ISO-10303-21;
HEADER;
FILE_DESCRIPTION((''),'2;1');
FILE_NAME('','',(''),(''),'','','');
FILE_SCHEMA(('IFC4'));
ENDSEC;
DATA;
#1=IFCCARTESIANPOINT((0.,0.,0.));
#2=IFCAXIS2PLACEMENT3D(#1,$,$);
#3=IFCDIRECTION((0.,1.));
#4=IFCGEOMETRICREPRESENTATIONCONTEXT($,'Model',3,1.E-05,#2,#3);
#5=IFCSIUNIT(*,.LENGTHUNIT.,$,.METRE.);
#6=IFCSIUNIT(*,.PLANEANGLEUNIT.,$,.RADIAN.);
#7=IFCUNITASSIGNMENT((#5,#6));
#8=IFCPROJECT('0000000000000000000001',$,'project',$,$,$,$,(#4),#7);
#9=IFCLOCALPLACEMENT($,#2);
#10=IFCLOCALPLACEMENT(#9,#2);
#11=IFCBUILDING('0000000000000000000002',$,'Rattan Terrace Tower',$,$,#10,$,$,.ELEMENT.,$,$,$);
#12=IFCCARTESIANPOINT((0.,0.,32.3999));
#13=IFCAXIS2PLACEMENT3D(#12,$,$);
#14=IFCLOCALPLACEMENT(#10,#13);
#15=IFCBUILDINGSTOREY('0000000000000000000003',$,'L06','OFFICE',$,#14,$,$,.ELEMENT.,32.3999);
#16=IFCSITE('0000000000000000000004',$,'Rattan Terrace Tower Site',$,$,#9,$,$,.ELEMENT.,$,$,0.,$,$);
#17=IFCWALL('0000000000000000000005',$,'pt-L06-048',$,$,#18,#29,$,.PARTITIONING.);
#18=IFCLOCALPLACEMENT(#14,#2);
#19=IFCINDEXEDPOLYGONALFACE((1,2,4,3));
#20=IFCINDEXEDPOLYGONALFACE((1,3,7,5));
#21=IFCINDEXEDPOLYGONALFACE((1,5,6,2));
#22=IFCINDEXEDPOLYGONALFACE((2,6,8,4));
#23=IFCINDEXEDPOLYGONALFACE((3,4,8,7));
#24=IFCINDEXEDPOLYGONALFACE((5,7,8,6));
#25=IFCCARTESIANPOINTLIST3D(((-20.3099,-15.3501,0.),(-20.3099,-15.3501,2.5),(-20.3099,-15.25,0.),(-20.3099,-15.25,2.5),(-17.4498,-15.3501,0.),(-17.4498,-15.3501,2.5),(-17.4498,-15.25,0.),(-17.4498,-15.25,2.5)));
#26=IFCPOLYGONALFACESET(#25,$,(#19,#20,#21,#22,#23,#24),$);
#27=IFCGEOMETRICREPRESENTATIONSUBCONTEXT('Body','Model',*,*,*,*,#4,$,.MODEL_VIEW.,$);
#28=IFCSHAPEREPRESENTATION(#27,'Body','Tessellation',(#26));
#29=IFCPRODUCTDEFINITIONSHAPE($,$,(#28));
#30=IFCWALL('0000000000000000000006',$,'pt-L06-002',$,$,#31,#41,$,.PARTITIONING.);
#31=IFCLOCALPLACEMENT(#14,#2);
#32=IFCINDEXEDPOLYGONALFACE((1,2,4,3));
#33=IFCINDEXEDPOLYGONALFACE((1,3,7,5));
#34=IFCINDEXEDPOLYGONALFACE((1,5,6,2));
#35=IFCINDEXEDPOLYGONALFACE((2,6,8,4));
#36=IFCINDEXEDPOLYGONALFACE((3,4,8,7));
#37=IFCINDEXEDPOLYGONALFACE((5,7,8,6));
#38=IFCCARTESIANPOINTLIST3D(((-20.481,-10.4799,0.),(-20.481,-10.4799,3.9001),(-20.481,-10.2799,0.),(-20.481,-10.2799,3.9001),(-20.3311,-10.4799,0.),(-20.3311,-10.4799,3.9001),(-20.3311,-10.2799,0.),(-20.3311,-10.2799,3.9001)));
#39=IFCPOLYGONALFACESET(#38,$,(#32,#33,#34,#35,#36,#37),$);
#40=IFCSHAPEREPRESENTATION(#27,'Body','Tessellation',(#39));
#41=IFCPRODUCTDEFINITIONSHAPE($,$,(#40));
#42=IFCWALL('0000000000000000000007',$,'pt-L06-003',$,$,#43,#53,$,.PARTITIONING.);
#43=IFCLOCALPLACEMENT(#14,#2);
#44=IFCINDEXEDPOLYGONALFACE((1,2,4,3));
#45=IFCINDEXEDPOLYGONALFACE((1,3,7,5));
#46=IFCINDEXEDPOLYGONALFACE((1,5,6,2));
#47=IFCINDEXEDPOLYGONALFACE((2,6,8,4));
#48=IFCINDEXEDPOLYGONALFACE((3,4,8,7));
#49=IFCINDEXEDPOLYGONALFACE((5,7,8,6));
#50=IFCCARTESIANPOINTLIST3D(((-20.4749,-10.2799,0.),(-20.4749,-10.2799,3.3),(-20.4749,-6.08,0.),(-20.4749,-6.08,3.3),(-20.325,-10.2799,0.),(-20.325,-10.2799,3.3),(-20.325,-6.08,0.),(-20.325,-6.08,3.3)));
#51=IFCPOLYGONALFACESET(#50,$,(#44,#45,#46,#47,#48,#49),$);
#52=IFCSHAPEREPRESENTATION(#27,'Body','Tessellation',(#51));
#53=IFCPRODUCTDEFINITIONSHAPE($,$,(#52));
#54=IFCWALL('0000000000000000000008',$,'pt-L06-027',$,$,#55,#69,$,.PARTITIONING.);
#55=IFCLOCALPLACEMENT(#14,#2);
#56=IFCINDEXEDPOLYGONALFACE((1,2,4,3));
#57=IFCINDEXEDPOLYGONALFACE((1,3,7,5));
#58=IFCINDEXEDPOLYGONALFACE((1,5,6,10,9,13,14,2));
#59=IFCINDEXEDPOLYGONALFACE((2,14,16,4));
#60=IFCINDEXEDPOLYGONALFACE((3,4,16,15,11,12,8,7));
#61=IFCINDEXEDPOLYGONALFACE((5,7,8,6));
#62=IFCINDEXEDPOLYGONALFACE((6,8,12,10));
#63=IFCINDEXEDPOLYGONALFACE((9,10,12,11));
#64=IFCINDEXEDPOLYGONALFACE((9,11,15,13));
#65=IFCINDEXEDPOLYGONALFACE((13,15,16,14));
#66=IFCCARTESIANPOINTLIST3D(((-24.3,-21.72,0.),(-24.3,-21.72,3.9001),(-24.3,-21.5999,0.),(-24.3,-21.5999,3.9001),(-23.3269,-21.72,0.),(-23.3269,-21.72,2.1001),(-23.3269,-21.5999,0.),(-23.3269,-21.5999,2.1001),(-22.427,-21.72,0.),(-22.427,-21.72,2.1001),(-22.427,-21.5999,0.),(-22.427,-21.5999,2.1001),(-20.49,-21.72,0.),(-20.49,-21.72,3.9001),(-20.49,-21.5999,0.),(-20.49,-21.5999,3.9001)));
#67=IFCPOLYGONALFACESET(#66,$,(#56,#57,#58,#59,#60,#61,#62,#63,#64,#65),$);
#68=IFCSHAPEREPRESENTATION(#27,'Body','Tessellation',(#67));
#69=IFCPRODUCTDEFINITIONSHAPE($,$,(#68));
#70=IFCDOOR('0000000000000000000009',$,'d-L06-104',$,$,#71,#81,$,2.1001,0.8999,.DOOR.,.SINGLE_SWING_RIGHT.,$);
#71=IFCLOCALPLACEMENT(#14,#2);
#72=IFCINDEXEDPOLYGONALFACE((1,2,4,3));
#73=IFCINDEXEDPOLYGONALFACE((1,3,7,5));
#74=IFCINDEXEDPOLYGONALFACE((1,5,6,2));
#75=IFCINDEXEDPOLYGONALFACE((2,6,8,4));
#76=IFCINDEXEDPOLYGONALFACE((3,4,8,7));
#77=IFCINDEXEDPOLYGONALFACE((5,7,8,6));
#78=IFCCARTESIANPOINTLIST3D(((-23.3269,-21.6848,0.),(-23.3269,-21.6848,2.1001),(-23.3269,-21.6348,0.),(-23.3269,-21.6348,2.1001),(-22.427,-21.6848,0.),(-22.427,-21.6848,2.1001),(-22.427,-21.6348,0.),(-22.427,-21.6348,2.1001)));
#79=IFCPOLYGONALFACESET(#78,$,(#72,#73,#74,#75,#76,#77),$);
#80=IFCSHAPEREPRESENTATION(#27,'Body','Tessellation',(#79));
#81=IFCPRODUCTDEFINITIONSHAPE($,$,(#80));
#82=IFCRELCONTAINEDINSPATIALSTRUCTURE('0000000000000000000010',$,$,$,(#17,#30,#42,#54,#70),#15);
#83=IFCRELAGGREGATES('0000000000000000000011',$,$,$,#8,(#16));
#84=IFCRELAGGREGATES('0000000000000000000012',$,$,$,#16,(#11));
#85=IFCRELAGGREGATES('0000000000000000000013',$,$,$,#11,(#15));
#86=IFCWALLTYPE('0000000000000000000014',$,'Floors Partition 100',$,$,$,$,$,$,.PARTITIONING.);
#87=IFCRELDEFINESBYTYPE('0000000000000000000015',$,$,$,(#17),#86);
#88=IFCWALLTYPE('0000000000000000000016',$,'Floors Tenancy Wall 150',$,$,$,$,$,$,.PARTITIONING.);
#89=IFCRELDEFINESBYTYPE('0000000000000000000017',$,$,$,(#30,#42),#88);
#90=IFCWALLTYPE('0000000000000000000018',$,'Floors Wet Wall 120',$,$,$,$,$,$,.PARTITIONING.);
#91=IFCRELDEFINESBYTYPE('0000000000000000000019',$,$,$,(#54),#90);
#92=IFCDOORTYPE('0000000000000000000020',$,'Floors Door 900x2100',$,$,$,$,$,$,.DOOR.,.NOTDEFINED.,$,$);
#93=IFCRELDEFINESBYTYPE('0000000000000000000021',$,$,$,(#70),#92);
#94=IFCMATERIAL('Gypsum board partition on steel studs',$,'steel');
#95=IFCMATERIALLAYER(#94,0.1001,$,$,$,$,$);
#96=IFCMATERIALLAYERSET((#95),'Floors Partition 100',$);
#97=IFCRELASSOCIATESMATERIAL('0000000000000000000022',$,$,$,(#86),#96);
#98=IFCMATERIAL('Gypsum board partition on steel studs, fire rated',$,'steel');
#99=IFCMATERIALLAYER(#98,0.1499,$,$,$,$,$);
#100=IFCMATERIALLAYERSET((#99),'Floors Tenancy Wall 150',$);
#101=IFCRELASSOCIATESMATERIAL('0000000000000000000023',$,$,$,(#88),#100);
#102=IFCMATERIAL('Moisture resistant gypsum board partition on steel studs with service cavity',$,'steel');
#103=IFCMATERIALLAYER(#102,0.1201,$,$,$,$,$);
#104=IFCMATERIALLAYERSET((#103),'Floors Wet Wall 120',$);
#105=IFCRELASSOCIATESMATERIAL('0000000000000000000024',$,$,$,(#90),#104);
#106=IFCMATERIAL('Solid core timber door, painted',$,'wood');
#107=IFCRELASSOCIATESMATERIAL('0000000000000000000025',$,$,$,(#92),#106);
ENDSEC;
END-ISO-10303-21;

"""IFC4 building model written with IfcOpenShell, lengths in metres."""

from ifc_helpers import new_model, si_unit, direction, frame, frame_2d, origin, place, context, subcontext, project, spatial, rectangle, extrude, material, layer, layer_set, type_object, element, fill, save


model = new_model("IFC4")

# Units and contexts
model_context = context("Model", 3, precision=1e-05, world=origin(), true_north=direction((0.0, 1.0)))
body_context = subcontext(model_context, "Body", "Model", "MODEL_VIEW")
ifc_project = project(units=[si_unit("LENGTHUNIT", "METRE"), si_unit("PLANEANGLEUNIT", "RADIAN")], contexts=[model_context])

# Site, building, storey
site_placement = place(None, origin())
site = spatial("IfcSite", under=ifc_project, at=site_placement, Name="Rattan Terrace Tower Site", CompositionType="ELEMENT", RefElevation=0.0)
building_placement = place(site_placement, origin())
building = spatial("IfcBuilding", under=site, at=building_placement, Name="Rattan Terrace Tower", CompositionType="ELEMENT")
storey_placement = place(building_placement, frame((0.0, 0.0, 32.3999)))
storey = spatial("IfcBuildingStorey", under=building, at=storey_placement, Name="L06", Description="OFFICE", CompositionType="ELEMENT", Elevation=32.3999)

# Walls
ifc_material_1 = material(Name="Gypsum board partition on steel studs", Category="steel")
ifc_layer_1 = layer(ifc_material_1, 0.1001)
ifc_layer_set_1 = layer_set([ifc_layer_1], Name="Floors Partition 100")
wall_type_1 = type_object("IfcWallType", Name="Floors Partition 100", PredefinedType="PARTITIONING", material=ifc_layer_set_1)
wall_1_placement = place(storey_placement, frame((-20.3101, -15.3, 0.0), z_axis=(0.0, 0.0, 1.0), x_axis=(1.0, 0.0, 0.0)))
element("IfcWall", 1, at=wall_1_placement, inside=storey, type_object=wall_type_1, Name="pt-L06-048", PredefinedType="PARTITIONING", context=body_context, shape_type="SweptSolid", body=[
    extrude(rectangle(XDim=2.8601, YDim=0.1001, at=frame_2d((1.4302, 0.0))), origin(), (0.0, 0.0, 1.0), 2.5),
])
ifc_material_2 = material(Name="Gypsum board partition on steel studs, fire rated", Category="steel")
ifc_layer_2 = layer(ifc_material_2, 0.1499)
ifc_layer_set_2 = layer_set([ifc_layer_2], Name="Floors Tenancy Wall 150")
wall_type_2 = type_object("IfcWallType", Name="Floors Tenancy Wall 150", PredefinedType="PARTITIONING", material=ifc_layer_set_2)
wall_2_placement = place(storey_placement, frame((-20.406, -10.48, 0.0), z_axis=(0.0, 0.0, 1.0), x_axis=(0.0, 1.0, 0.0)))
element("IfcWall", 2, at=wall_2_placement, inside=storey, type_object=wall_type_2, Name="pt-L06-002", PredefinedType="PARTITIONING", context=body_context, shape_type="SweptSolid", body=[
    extrude(rectangle(XDim=0.2, YDim=0.1499, at=frame_2d((0.1001, 0.0))), origin(), (0.0, 0.0, 1.0), 3.9001),
])
wall_3_placement = place(storey_placement, frame((-20.3999, -10.28, 0.0), z_axis=(0.0, 0.0, 1.0), x_axis=(0.0, 1.0, 0.0)))
element("IfcWall", 3, at=wall_3_placement, inside=storey, type_object=wall_type_2, Name="pt-L06-003", PredefinedType="PARTITIONING", context=body_context, shape_type="SweptSolid", body=[
    extrude(rectangle(XDim=4.2, YDim=0.1499, at=frame_2d((2.1001, 0.0))), origin(), (0.0, 0.0, 1.0), 3.3),
])

# Wall, opening, door
ifc_material_3 = material(Name="Moisture resistant gypsum board partition on steel studs with service cavity", Category="steel")
ifc_layer_3 = layer(ifc_material_3, 0.1201)
ifc_layer_set_3 = layer_set([ifc_layer_3], Name="Floors Wet Wall 120")
wall_type_3 = type_object("IfcWallType", Name="Floors Wet Wall 120", PredefinedType="PARTITIONING", material=ifc_layer_set_3)
wall_4_placement = place(storey_placement, frame((-20.49, -21.6599, 0.0), z_axis=(0.0, 0.0, 1.0), x_axis=(-1.0, 0.0, 0.0)))
wall_4 = element("IfcWall", 4, at=wall_4_placement, inside=storey, type_object=wall_type_3, Name="pt-L06-027", PredefinedType="PARTITIONING", context=body_context, shape_type="SweptSolid", body=[
    extrude(rectangle(XDim=3.8101, YDim=0.1201, at=frame_2d((1.905, 0.0))), origin(), (0.0, 0.0, 1.0), 3.9001),
])
opening_1_placement = place(wall_4_placement, frame((1.937, 0.0, 0.0)))
opening_1 = element("IfcOpeningElement", 5, at=opening_1_placement, cuts=wall_4, PredefinedType="OPENING", context=body_context, shape_type="SweptSolid", body=[
    extrude(rectangle(XDim=0.8999, YDim=2.1001, at=frame_2d((0.45, 1.05))), frame((0.0, 0.0706, 0.0), z_axis=(0.0, -1.0, 0.0), x_axis=(1.0, 0.0, 0.0)), (0.0, 0.0, 1.0), 0.1411),
])
ifc_material_4 = material(Name="Solid core timber door, painted", Category="wood")
door_type_1 = type_object("IfcDoorType", Name="Floors Door 900x2100", OperationType="NOTDEFINED", PredefinedType="DOOR", material=ifc_material_4)
door_1_placement = place(opening_1_placement, origin())
door_1 = element("IfcDoor", 6, at=door_1_placement, inside=storey, type_object=door_type_1, Name="d-L06-104", OperationType="SINGLE_SWING_RIGHT", OverallHeight=2.1001, OverallWidth=0.8999, PredefinedType="DOOR", context=body_context, shape_type="SweptSolid", body=[
    extrude(rectangle(XDim=0.8999, YDim=2.1001, at=frame_2d((0.45, 1.05))), frame((0.0, 0.0249, 0.0), z_axis=(0.0, -1.0, 0.0), x_axis=(1.0, 0.0, 0.0)), (0.0, 0.0, 1.0), 0.05),
])
fill(opening_1, door_1)

save(model, "model.ifc")
